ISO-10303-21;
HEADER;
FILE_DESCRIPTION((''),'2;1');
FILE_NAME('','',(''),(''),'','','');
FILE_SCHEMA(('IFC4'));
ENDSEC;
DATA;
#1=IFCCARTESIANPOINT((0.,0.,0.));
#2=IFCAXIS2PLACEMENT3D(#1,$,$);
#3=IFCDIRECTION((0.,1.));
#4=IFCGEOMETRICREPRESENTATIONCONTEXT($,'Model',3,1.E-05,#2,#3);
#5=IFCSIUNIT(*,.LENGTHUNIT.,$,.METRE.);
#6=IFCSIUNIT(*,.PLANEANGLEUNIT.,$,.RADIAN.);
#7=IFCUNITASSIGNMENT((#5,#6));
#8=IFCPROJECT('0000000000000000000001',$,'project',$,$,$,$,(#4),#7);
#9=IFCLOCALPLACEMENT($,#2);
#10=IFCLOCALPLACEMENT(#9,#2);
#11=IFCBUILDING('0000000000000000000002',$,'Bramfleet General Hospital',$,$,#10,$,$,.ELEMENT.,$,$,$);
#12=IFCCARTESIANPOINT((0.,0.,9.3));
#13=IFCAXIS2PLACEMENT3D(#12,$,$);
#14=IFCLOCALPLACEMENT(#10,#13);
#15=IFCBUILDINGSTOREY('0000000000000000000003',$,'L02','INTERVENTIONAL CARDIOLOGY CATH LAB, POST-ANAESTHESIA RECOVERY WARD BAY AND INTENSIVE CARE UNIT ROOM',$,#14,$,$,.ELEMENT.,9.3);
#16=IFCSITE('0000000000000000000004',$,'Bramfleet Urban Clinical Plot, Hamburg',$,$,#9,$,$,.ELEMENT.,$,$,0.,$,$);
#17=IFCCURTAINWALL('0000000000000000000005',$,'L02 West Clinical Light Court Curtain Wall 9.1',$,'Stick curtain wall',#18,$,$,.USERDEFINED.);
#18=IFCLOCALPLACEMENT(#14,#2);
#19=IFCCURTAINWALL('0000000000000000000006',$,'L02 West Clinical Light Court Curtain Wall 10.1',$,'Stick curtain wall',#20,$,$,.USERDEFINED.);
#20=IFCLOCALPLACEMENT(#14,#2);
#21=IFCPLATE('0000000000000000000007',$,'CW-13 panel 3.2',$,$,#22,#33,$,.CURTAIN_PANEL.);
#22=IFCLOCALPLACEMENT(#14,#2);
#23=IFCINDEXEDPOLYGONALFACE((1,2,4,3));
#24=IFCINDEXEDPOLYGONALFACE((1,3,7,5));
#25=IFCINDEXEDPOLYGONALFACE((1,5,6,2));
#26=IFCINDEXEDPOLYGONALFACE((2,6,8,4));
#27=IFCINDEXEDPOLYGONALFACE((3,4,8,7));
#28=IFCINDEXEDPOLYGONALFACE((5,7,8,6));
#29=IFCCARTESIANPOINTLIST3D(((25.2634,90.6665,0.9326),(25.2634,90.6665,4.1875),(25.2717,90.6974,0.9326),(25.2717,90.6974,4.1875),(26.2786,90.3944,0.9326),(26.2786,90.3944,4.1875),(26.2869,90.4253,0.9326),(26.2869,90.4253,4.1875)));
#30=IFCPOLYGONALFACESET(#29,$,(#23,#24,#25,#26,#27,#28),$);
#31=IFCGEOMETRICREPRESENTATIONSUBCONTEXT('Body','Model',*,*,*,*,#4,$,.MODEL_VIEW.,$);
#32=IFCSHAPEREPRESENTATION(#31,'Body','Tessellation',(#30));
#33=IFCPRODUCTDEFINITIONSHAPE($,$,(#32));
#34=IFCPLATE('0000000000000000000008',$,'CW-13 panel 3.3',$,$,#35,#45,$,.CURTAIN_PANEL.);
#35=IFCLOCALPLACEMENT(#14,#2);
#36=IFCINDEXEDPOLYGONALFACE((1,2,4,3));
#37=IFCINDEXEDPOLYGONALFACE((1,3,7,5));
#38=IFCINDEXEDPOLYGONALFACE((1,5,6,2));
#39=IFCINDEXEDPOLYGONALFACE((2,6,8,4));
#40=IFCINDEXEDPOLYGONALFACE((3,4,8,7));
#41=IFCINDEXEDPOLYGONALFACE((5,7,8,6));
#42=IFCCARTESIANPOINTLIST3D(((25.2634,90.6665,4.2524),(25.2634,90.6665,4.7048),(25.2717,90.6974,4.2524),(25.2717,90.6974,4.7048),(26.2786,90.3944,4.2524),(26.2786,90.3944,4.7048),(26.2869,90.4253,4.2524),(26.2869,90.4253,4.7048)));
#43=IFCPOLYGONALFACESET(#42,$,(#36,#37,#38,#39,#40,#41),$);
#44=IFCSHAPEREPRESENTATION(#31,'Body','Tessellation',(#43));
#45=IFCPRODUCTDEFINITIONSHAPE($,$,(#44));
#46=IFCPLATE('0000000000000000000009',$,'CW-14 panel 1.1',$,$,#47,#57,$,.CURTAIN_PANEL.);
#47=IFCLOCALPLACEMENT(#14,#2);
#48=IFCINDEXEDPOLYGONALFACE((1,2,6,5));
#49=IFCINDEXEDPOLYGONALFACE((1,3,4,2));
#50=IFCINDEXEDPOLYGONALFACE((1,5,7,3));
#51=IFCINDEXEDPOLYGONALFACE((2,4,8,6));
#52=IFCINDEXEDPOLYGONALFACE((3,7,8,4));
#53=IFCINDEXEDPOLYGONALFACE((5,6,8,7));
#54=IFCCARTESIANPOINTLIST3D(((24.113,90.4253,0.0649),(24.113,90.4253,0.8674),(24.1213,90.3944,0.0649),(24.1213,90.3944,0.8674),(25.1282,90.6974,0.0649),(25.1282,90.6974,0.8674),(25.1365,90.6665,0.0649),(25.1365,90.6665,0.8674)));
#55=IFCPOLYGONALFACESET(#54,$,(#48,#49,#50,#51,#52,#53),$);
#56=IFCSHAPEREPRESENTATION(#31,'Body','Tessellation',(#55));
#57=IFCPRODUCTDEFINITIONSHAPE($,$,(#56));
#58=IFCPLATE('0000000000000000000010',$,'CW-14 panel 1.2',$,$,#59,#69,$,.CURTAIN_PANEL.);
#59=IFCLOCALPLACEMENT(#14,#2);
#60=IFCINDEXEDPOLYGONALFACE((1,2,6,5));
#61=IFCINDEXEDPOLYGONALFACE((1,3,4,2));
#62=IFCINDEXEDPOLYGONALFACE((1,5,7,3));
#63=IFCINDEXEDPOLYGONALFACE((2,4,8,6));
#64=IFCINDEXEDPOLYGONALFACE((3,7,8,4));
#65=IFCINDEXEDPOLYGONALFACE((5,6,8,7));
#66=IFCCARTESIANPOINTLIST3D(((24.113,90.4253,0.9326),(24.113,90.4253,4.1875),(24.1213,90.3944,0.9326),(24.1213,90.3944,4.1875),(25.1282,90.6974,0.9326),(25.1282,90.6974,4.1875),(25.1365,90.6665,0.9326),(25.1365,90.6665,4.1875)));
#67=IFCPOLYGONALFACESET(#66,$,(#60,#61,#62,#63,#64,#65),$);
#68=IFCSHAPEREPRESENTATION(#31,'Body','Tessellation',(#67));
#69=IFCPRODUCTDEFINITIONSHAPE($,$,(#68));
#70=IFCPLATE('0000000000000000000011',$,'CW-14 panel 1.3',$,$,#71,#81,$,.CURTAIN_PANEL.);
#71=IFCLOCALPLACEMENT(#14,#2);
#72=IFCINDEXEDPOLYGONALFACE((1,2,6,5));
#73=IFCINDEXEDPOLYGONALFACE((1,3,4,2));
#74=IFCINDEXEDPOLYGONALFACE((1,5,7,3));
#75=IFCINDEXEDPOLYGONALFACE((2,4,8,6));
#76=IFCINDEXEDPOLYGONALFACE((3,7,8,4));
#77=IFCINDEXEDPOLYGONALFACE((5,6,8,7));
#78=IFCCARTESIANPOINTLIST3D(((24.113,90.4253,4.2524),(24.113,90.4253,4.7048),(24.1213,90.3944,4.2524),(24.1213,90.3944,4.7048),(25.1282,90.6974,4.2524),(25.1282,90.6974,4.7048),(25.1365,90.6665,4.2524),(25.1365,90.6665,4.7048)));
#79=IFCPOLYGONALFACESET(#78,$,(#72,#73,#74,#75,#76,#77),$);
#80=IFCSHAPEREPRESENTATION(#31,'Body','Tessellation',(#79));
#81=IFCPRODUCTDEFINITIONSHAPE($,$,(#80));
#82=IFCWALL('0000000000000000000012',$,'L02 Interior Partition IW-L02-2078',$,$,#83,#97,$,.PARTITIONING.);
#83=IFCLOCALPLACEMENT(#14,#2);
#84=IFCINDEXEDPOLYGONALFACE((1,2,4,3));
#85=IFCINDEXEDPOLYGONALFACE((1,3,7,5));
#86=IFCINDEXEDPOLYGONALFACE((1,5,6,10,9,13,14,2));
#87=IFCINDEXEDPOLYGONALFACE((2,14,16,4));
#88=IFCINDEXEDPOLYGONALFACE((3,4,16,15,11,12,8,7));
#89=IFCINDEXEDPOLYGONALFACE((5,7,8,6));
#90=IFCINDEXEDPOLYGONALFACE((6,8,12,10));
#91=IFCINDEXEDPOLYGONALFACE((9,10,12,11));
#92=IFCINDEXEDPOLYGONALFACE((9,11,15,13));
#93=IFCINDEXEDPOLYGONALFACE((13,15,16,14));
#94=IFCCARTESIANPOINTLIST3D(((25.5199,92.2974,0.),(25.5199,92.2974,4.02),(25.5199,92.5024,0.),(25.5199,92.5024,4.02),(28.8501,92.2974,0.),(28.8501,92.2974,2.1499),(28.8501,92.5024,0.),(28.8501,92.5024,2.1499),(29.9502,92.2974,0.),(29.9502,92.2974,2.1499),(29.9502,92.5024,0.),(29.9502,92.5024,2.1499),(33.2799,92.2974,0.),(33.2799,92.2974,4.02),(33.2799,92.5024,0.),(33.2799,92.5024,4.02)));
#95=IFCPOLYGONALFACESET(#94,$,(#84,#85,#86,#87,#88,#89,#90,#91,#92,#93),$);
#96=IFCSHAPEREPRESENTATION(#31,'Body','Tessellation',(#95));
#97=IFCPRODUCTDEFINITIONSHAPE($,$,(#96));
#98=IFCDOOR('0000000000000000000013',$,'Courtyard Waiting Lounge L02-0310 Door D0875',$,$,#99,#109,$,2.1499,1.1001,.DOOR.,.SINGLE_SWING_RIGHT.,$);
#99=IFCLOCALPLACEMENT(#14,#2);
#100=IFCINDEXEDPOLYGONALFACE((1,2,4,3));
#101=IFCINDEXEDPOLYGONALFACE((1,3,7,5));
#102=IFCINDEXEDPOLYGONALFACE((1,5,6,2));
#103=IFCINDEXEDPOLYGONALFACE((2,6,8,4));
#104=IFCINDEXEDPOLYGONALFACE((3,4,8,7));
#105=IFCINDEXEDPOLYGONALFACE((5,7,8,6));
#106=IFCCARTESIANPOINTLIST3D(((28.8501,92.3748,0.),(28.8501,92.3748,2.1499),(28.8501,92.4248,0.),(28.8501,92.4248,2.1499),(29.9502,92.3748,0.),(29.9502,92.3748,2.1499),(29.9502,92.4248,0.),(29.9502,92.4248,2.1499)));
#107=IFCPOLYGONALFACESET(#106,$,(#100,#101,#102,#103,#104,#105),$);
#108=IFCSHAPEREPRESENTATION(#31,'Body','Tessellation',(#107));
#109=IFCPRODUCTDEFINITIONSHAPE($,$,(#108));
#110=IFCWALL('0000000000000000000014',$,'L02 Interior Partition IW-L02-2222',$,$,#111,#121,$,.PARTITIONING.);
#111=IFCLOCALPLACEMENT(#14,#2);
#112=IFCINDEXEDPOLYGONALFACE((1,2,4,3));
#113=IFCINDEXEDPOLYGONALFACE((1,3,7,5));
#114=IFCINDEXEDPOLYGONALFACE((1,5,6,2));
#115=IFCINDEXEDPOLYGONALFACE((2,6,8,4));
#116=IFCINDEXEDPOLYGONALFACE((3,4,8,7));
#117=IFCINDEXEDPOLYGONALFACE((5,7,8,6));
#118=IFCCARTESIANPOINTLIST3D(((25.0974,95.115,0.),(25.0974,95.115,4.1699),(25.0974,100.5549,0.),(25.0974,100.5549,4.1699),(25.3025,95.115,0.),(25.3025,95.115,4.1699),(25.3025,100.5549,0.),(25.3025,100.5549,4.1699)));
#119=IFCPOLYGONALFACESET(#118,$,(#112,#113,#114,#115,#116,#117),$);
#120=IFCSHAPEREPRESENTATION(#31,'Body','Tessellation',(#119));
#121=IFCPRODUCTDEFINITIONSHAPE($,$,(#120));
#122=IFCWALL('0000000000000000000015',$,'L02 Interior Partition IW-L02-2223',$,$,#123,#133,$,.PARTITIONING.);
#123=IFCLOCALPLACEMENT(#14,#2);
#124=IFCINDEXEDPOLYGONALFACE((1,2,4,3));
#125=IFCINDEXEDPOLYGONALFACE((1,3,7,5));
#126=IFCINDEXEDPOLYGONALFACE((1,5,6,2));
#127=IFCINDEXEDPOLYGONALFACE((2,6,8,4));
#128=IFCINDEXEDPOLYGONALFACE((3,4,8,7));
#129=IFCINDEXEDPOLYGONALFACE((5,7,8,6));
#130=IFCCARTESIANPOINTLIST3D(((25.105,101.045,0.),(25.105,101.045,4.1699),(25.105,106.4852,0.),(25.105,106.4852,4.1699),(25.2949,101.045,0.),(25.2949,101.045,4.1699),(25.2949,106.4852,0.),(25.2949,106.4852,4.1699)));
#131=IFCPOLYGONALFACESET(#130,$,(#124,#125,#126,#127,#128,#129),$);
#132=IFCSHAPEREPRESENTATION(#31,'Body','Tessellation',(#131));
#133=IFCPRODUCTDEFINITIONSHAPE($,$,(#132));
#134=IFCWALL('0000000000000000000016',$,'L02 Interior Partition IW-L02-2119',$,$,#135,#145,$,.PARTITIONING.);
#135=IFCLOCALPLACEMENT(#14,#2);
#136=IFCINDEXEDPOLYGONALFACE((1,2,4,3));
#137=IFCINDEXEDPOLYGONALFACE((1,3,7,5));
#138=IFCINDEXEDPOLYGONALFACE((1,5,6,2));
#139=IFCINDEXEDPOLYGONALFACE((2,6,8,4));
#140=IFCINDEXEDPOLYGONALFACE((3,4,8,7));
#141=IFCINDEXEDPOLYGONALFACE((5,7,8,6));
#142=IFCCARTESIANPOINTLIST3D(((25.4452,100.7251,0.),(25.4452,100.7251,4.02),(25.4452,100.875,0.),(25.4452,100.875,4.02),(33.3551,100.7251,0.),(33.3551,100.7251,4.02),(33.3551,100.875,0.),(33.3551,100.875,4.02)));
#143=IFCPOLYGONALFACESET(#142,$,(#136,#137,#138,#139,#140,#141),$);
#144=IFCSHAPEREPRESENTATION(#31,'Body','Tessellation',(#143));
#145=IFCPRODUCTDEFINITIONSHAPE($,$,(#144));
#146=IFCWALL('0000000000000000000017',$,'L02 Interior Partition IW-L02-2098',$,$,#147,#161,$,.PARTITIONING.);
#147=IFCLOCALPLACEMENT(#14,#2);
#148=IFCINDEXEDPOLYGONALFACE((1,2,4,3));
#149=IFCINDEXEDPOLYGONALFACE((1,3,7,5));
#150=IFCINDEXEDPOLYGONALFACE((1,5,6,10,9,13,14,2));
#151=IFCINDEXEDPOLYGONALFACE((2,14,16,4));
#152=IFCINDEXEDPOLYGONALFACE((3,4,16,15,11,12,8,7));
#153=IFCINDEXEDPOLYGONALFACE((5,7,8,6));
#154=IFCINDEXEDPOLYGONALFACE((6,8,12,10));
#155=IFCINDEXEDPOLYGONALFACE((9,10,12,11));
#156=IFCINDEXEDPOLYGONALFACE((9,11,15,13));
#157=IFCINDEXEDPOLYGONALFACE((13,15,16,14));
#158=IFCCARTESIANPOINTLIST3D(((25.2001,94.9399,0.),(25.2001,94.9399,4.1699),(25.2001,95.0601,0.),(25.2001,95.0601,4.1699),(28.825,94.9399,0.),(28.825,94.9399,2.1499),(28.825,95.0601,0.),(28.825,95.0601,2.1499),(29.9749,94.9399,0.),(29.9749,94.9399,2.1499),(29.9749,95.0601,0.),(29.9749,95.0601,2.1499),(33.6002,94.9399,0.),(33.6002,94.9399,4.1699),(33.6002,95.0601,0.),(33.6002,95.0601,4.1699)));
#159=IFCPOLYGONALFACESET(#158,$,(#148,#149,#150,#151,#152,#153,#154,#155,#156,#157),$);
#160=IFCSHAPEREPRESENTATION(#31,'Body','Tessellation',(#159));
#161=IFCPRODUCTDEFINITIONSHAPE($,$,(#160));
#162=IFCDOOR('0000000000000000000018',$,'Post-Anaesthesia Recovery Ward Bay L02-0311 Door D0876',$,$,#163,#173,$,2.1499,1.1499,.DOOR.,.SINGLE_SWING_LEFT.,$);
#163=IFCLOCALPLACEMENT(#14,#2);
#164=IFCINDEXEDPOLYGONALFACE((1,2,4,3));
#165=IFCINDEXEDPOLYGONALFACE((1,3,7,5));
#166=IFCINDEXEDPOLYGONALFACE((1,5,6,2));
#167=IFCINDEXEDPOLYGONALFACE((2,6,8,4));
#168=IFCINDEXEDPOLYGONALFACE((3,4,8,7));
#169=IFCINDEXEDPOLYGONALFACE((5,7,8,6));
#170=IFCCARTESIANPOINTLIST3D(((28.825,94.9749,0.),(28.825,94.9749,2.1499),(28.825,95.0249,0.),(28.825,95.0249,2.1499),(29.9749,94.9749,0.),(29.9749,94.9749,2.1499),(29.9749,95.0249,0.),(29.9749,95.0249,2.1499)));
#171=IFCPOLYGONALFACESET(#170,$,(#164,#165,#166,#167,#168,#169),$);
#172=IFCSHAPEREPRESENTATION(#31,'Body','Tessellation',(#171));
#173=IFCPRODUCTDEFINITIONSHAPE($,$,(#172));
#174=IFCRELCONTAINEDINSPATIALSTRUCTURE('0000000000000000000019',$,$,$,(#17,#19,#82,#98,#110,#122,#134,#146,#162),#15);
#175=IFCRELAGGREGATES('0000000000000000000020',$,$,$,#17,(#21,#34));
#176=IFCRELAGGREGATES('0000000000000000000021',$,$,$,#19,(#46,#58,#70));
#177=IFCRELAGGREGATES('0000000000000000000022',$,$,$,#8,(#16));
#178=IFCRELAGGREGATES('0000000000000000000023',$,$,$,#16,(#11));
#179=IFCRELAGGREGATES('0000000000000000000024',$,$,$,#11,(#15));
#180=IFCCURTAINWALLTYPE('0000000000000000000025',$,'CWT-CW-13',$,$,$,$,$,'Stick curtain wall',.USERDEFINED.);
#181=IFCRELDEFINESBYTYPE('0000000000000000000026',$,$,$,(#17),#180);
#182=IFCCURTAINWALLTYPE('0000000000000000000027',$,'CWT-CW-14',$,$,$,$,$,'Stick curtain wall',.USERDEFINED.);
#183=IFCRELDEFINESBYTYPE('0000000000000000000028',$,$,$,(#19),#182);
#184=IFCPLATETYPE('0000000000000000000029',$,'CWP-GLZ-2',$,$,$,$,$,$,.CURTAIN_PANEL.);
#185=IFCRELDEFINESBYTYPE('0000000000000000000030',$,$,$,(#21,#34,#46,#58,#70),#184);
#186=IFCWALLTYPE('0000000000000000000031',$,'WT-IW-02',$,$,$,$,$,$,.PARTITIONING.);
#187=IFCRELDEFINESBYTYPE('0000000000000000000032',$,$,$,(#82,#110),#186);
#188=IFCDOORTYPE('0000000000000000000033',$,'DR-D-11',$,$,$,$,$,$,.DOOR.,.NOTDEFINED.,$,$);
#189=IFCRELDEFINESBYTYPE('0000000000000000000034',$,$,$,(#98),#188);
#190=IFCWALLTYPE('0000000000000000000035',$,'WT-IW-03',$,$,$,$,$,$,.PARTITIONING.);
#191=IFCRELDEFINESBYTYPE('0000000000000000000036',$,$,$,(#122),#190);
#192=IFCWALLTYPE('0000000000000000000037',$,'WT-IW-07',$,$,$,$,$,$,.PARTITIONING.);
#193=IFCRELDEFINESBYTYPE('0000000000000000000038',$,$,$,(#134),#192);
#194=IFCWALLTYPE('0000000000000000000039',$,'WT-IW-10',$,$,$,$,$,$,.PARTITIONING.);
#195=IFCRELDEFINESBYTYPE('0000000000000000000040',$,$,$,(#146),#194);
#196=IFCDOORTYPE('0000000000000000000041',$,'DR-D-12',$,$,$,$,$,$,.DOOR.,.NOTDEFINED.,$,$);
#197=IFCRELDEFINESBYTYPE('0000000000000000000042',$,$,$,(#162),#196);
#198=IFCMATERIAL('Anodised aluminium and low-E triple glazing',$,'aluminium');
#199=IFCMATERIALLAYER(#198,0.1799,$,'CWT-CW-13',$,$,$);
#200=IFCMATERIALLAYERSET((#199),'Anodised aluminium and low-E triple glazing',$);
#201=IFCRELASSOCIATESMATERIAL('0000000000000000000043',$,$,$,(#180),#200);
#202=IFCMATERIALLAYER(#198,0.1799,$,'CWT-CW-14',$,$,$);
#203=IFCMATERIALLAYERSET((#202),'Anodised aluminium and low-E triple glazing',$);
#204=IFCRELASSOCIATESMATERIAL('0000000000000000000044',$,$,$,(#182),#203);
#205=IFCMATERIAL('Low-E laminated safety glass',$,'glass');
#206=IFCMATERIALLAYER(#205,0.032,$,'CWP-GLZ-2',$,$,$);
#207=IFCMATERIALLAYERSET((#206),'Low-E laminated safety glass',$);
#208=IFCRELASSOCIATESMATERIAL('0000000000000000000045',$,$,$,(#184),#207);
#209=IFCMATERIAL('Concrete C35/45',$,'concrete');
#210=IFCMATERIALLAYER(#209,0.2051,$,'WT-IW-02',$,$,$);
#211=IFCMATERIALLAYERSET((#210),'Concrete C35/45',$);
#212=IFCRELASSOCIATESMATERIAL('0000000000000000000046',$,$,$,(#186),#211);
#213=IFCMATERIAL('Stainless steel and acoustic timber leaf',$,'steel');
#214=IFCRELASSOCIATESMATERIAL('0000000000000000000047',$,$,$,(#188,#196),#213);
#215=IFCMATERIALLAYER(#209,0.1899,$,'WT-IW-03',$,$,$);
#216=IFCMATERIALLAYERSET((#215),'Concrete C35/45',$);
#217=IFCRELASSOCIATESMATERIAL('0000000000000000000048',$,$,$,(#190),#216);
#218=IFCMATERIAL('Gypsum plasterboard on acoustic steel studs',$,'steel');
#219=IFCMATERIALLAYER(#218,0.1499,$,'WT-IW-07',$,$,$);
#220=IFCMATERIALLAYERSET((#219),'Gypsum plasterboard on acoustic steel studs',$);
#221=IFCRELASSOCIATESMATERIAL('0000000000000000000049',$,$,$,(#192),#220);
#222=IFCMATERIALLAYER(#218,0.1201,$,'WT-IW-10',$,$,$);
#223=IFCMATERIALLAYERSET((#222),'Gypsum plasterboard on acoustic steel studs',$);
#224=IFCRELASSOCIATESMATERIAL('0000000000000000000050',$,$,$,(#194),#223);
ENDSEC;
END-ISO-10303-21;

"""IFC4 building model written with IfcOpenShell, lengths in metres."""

from ifc_helpers import new_model, si_unit, direction, frame, frame_2d, origin, origin_2d, place, context, subcontext, project, spatial, rectangle, extrude, material, layer, layer_set, type_object, element, fill, aggregate, save


model = new_model("IFC4")

# Units and contexts
model_context = context("Model", 3, precision=1e-05, world=origin(), true_north=direction((0.0, 1.0)))
body_context = subcontext(model_context, "Body", "Model", "MODEL_VIEW")
ifc_project = project(units=[si_unit("LENGTHUNIT", "METRE"), si_unit("PLANEANGLEUNIT", "RADIAN")], contexts=[model_context])

# Site, building, storey
site_placement = place(None, origin())
site = spatial("IfcSite", under=ifc_project, at=site_placement, Name="Bramfleet Urban Clinical Plot, Hamburg", CompositionType="ELEMENT", RefElevation=0.0)
building_placement = place(site_placement, origin())
building = spatial("IfcBuilding", under=site, at=building_placement, Name="Bramfleet General Hospital", CompositionType="ELEMENT")
storey_placement = place(building_placement, frame((0.0, 0.0, 9.3)))
storey = spatial("IfcBuildingStorey", under=building, at=storey_placement, Name="L02", Description="INTERVENTIONAL CARDIOLOGY CATH LAB, POST-ANAESTHESIA RECOVERY WARD BAY AND INTENSIVE CARE UNIT ROOM", CompositionType="ELEMENT", Elevation=9.3)

# Shared definitions
ifc_material_1 = material(Name="Concrete C35/45", Category="concrete")

# Curtain walls
ifc_material_2 = material(Name="Anodised aluminium and low-E triple glazing", Category="aluminium")
ifc_layer_1 = layer(ifc_material_2, 0.1799, Name="CWT-CW-13")
ifc_layer_set_1 = layer_set([ifc_layer_1], Name="Anodised aluminium and low-E triple glazing")
curtain_wall_type_1 = type_object("IfcCurtainWallType", Name="CWT-CW-13", ElementType="Stick curtain wall", PredefinedType="USERDEFINED", material=ifc_layer_set_1)
curtain_wall_1_placement = place(storey_placement, origin())
curtain_wall_1 = element("IfcCurtainWall", 1, at=curtain_wall_1_placement, inside=storey, type_object=curtain_wall_type_1, Name="L02 West Clinical Light Court Curtain Wall 9.1", ObjectType="Stick curtain wall", PredefinedType="USERDEFINED")
ifc_layer_2 = layer(ifc_material_2, 0.1799, Name="CWT-CW-14")
ifc_layer_set_2 = layer_set([ifc_layer_2], Name="Anodised aluminium and low-E triple glazing")
curtain_wall_type_2 = type_object("IfcCurtainWallType", Name="CWT-CW-14", ElementType="Stick curtain wall", PredefinedType="USERDEFINED", material=ifc_layer_set_2)
curtain_wall_2_placement = place(storey_placement, origin())
curtain_wall_2 = element("IfcCurtainWall", 2, at=curtain_wall_2_placement, inside=storey, type_object=curtain_wall_type_2, Name="L02 West Clinical Light Court Curtain Wall 10.1", ObjectType="Stick curtain wall", PredefinedType="USERDEFINED")

# Plates
ifc_material_3 = material(Name="Low-E laminated safety glass", Category="glass")
ifc_layer_3 = layer(ifc_material_3, 0.032, Name="CWP-GLZ-2")
ifc_layer_set_3 = layer_set([ifc_layer_3], Name="Low-E laminated safety glass")
plate_type = type_object("IfcPlateType", Name="CWP-GLZ-2", PredefinedType="CURTAIN_PANEL", material=ifc_layer_set_3)
plate_1_placement = place(storey_placement, frame((25.7751, 90.5459, 0.9326), z_axis=(0.0, 0.0, 1.0), x_axis=(-0.965899, 0.258919, 0.0)))
plate_1 = element("IfcPlate", 3, at=plate_1_placement, type_object=plate_type, Name="CW-13 panel 3.2", PredefinedType="CURTAIN_PANEL", context=body_context, shape_type="SweptSolid", body=[
    extrude(rectangle(XDim=1.051, YDim=0.032, at=origin_2d()), origin(), (0.0, 0.0, 1.0), 3.2549),
])
plate_2_placement = place(storey_placement, frame((25.7751, 90.5459, 4.2524), z_axis=(0.0, 0.0, 1.0), x_axis=(-0.965899, 0.258919, 0.0)))
plate_2 = element("IfcPlate", 4, at=plate_2_placement, type_object=plate_type, Name="CW-13 panel 3.3", PredefinedType="CURTAIN_PANEL", context=body_context, shape_type="SweptSolid", body=[
    extrude(rectangle(XDim=1.051, YDim=0.032, at=origin_2d()), origin(), (0.0, 0.0, 1.0), 0.4524),
])
aggregate(curtain_wall_1, [plate_1, plate_2])
plate_3_placement = place(storey_placement, frame((24.6248, 90.5459, 0.0649), z_axis=(0.0, 0.0, 1.0), x_axis=(-0.965899, -0.258919, 0.0)))
plate_3 = element("IfcPlate", 5, at=plate_3_placement, type_object=plate_type, Name="CW-14 panel 1.1", PredefinedType="CURTAIN_PANEL", context=body_context, shape_type="SweptSolid", body=[
    extrude(rectangle(XDim=1.051, YDim=0.032, at=origin_2d()), origin(), (0.0, 0.0, 1.0), 0.8025),
])
plate_4_placement = place(storey_placement, frame((24.6248, 90.5459, 0.9326), z_axis=(0.0, 0.0, 1.0), x_axis=(-0.965899, -0.258919, 0.0)))
plate_4 = element("IfcPlate", 6, at=plate_4_placement, type_object=plate_type, Name="CW-14 panel 1.2", PredefinedType="CURTAIN_PANEL", context=body_context, shape_type="SweptSolid", body=[
    extrude(rectangle(XDim=1.051, YDim=0.032, at=origin_2d()), origin(), (0.0, 0.0, 1.0), 3.2549),
])
plate_5_placement = place(storey_placement, frame((24.6248, 90.5459, 4.2524), z_axis=(0.0, 0.0, 1.0), x_axis=(-0.965899, -0.258919, 0.0)))
plate_5 = element("IfcPlate", 7, at=plate_5_placement, type_object=plate_type, Name="CW-14 panel 1.3", PredefinedType="CURTAIN_PANEL", context=body_context, shape_type="SweptSolid", body=[
    extrude(rectangle(XDim=1.051, YDim=0.032, at=origin_2d()), origin(), (0.0, 0.0, 1.0), 0.4524),
])
aggregate(curtain_wall_2, [plate_3, plate_4, plate_5])

# Shared definitions
ifc_material_4 = material(Name="Stainless steel and acoustic timber leaf", Category="steel")

# Wall, opening, door
ifc_layer_4 = layer(ifc_material_1, 0.2051, Name="WT-IW-02")
ifc_layer_set_4 = layer_set([ifc_layer_4], Name="Concrete C35/45")
wall_type_1 = type_object("IfcWallType", Name="WT-IW-02", PredefinedType="PARTITIONING", material=ifc_layer_set_4)
wall_1_placement = place(storey_placement, frame((25.52, 92.3999, 0.0), z_axis=(0.0, 0.0, 1.0), x_axis=(1.0, 0.0, 0.0)))
wall_1 = element("IfcWall", 8, at=wall_1_placement, inside=storey, type_object=wall_type_1, Name="L02 Interior Partition IW-L02-2078", PredefinedType="PARTITIONING", context=body_context, shape_type="SweptSolid", body=[
    extrude(rectangle(XDim=7.76, YDim=0.2051, at=frame_2d((3.8799, 0.0))), origin(), (0.0, 0.0, 1.0), 4.02),
])
opening_1_placement = place(wall_1_placement, frame((3.3301, 0.0, 0.0)))
opening_1 = element("IfcOpeningElement", 9, at=opening_1_placement, cuts=wall_1, PredefinedType="OPENING", context=body_context, shape_type="SweptSolid", body=[
    extrude(rectangle(XDim=1.1001, YDim=2.1499, at=frame_2d((0.55, 1.075))), frame((0.0, 0.1125, 0.0), z_axis=(0.0, -1.0, 0.0), x_axis=(1.0, 0.0, 0.0)), (0.0, 0.0, 1.0), 0.2251),
])
door_type_1 = type_object("IfcDoorType", Name="DR-D-11", OperationType="NOTDEFINED", PredefinedType="DOOR", material=ifc_material_4)
door_1_placement = place(opening_1_placement, origin())
door_1 = element("IfcDoor", 10, at=door_1_placement, inside=storey, type_object=door_type_1, Name="Courtyard Waiting Lounge L02-0310 Door D0875", OperationType="SINGLE_SWING_RIGHT", OverallHeight=2.1499, OverallWidth=1.1001, PredefinedType="DOOR", context=body_context, shape_type="SweptSolid", body=[
    extrude(rectangle(XDim=1.1001, YDim=2.1499, at=frame_2d((0.55, 1.075))), frame((0.0, 0.0249, 0.0), z_axis=(0.0, -1.0, 0.0), x_axis=(1.0, 0.0, 0.0)), (0.0, 0.0, 1.0), 0.05),
])
fill(opening_1, door_1)

# Walls
wall_2_placement = place(storey_placement, frame((25.2, 95.115, 0.0), z_axis=(0.0, 0.0, 1.0), x_axis=(0.0, 1.0, 0.0)))
element("IfcWall", 11, at=wall_2_placement, inside=storey, type_object=wall_type_1, Name="L02 Interior Partition IW-L02-2222", PredefinedType="PARTITIONING", context=body_context, shape_type="SweptSolid", body=[
    extrude(rectangle(XDim=5.4399, YDim=0.2051, at=frame_2d((2.72, 0.0))), origin(), (0.0, 0.0, 1.0), 4.1699),
])
ifc_layer_5 = layer(ifc_material_1, 0.1899, Name="WT-IW-03")
ifc_layer_set_5 = layer_set([ifc_layer_5], Name="Concrete C35/45")
wall_type_2 = type_object("IfcWallType", Name="WT-IW-03", PredefinedType="PARTITIONING", material=ifc_layer_set_5)
wall_3_placement = place(storey_placement, frame((25.2, 101.0449, 0.0), z_axis=(0.0, 0.0, 1.0), x_axis=(0.0, 1.0, 0.0)))
element("IfcWall", 12, at=wall_3_placement, inside=storey, type_object=wall_type_2, Name="L02 Interior Partition IW-L02-2223", PredefinedType="PARTITIONING", context=body_context, shape_type="SweptSolid", body=[
    extrude(rectangle(XDim=5.4402, YDim=0.1899, at=frame_2d((2.7202, 0.0))), origin(), (0.0, 0.0, 1.0), 4.1699),
])
ifc_material_5 = material(Name="Gypsum plasterboard on acoustic steel studs", Category="steel")
ifc_layer_6 = layer(ifc_material_5, 0.1499, Name="WT-IW-07")
ifc_layer_set_6 = layer_set([ifc_layer_6], Name="Gypsum plasterboard on acoustic steel studs")
wall_type_3 = type_object("IfcWallType", Name="WT-IW-07", PredefinedType="PARTITIONING", material=ifc_layer_set_6)
wall_4_placement = place(storey_placement, frame((25.4451, 100.8, 0.0), z_axis=(0.0, 0.0, 1.0), x_axis=(1.0, 0.0, 0.0)))
element("IfcWall", 13, at=wall_4_placement, inside=storey, type_object=wall_type_3, Name="L02 Interior Partition IW-L02-2119", PredefinedType="PARTITIONING", context=body_context, shape_type="SweptSolid", body=[
    extrude(rectangle(XDim=7.9099, YDim=0.1499, at=frame_2d((3.9551, 0.0))), origin(), (0.0, 0.0, 1.0), 4.02),
])

# Wall, opening, door
ifc_layer_7 = layer(ifc_material_5, 0.1201, Name="WT-IW-10")
ifc_layer_set_7 = layer_set([ifc_layer_7], Name="Gypsum plasterboard on acoustic steel studs")
wall_type_4 = type_object("IfcWallType", Name="WT-IW-10", PredefinedType="PARTITIONING", material=ifc_layer_set_7)
wall_5_placement = place(storey_placement, frame((25.2, 95.0, 0.0), z_axis=(0.0, 0.0, 1.0), x_axis=(1.0, 0.0, 0.0)))
wall_5 = element("IfcWall", 14, at=wall_5_placement, inside=storey, type_object=wall_type_4, Name="L02 Interior Partition IW-L02-2098", PredefinedType="PARTITIONING", context=body_context, shape_type="SweptSolid", body=[
    extrude(rectangle(XDim=8.4001, YDim=0.1201, at=frame_2d((4.2002, 0.0))), origin(), (0.0, 0.0, 1.0), 4.1699),
])
opening_2_placement = place(wall_5_placement, frame((3.625, 0.0, 0.0)))
opening_2 = element("IfcOpeningElement", 15, at=opening_2_placement, cuts=wall_5, PredefinedType="OPENING", context=body_context, shape_type="SweptSolid", body=[
    extrude(rectangle(XDim=1.1499, YDim=2.1499, at=frame_2d((0.575, 1.075))), frame((0.0, 0.0701, 0.0), z_axis=(0.0, -1.0, 0.0), x_axis=(1.0, 0.0, 0.0)), (0.0, 0.0, 1.0), 0.1401),
])
door_type_2 = type_object("IfcDoorType", Name="DR-D-12", OperationType="NOTDEFINED", PredefinedType="DOOR", material=ifc_material_4)
door_2_placement = place(opening_2_placement, origin())
door_2 = element("IfcDoor", 16, at=door_2_placement, inside=storey, type_object=door_type_2, Name="Post-Anaesthesia Recovery Ward Bay L02-0311 Door D0876", OperationType="SINGLE_SWING_LEFT", OverallHeight=2.1499, OverallWidth=1.1499, PredefinedType="DOOR", context=body_context, shape_type="SweptSolid", body=[
    extrude(rectangle(XDim=1.1499, YDim=2.1499, at=frame_2d((0.575, 1.075))), frame((0.0, 0.0249, 0.0), z_axis=(0.0, -1.0, 0.0), x_axis=(1.0, 0.0, 0.0)), (0.0, 0.0, 1.0), 0.05),
])
fill(opening_2, door_2)

save(model, "model.ifc")
